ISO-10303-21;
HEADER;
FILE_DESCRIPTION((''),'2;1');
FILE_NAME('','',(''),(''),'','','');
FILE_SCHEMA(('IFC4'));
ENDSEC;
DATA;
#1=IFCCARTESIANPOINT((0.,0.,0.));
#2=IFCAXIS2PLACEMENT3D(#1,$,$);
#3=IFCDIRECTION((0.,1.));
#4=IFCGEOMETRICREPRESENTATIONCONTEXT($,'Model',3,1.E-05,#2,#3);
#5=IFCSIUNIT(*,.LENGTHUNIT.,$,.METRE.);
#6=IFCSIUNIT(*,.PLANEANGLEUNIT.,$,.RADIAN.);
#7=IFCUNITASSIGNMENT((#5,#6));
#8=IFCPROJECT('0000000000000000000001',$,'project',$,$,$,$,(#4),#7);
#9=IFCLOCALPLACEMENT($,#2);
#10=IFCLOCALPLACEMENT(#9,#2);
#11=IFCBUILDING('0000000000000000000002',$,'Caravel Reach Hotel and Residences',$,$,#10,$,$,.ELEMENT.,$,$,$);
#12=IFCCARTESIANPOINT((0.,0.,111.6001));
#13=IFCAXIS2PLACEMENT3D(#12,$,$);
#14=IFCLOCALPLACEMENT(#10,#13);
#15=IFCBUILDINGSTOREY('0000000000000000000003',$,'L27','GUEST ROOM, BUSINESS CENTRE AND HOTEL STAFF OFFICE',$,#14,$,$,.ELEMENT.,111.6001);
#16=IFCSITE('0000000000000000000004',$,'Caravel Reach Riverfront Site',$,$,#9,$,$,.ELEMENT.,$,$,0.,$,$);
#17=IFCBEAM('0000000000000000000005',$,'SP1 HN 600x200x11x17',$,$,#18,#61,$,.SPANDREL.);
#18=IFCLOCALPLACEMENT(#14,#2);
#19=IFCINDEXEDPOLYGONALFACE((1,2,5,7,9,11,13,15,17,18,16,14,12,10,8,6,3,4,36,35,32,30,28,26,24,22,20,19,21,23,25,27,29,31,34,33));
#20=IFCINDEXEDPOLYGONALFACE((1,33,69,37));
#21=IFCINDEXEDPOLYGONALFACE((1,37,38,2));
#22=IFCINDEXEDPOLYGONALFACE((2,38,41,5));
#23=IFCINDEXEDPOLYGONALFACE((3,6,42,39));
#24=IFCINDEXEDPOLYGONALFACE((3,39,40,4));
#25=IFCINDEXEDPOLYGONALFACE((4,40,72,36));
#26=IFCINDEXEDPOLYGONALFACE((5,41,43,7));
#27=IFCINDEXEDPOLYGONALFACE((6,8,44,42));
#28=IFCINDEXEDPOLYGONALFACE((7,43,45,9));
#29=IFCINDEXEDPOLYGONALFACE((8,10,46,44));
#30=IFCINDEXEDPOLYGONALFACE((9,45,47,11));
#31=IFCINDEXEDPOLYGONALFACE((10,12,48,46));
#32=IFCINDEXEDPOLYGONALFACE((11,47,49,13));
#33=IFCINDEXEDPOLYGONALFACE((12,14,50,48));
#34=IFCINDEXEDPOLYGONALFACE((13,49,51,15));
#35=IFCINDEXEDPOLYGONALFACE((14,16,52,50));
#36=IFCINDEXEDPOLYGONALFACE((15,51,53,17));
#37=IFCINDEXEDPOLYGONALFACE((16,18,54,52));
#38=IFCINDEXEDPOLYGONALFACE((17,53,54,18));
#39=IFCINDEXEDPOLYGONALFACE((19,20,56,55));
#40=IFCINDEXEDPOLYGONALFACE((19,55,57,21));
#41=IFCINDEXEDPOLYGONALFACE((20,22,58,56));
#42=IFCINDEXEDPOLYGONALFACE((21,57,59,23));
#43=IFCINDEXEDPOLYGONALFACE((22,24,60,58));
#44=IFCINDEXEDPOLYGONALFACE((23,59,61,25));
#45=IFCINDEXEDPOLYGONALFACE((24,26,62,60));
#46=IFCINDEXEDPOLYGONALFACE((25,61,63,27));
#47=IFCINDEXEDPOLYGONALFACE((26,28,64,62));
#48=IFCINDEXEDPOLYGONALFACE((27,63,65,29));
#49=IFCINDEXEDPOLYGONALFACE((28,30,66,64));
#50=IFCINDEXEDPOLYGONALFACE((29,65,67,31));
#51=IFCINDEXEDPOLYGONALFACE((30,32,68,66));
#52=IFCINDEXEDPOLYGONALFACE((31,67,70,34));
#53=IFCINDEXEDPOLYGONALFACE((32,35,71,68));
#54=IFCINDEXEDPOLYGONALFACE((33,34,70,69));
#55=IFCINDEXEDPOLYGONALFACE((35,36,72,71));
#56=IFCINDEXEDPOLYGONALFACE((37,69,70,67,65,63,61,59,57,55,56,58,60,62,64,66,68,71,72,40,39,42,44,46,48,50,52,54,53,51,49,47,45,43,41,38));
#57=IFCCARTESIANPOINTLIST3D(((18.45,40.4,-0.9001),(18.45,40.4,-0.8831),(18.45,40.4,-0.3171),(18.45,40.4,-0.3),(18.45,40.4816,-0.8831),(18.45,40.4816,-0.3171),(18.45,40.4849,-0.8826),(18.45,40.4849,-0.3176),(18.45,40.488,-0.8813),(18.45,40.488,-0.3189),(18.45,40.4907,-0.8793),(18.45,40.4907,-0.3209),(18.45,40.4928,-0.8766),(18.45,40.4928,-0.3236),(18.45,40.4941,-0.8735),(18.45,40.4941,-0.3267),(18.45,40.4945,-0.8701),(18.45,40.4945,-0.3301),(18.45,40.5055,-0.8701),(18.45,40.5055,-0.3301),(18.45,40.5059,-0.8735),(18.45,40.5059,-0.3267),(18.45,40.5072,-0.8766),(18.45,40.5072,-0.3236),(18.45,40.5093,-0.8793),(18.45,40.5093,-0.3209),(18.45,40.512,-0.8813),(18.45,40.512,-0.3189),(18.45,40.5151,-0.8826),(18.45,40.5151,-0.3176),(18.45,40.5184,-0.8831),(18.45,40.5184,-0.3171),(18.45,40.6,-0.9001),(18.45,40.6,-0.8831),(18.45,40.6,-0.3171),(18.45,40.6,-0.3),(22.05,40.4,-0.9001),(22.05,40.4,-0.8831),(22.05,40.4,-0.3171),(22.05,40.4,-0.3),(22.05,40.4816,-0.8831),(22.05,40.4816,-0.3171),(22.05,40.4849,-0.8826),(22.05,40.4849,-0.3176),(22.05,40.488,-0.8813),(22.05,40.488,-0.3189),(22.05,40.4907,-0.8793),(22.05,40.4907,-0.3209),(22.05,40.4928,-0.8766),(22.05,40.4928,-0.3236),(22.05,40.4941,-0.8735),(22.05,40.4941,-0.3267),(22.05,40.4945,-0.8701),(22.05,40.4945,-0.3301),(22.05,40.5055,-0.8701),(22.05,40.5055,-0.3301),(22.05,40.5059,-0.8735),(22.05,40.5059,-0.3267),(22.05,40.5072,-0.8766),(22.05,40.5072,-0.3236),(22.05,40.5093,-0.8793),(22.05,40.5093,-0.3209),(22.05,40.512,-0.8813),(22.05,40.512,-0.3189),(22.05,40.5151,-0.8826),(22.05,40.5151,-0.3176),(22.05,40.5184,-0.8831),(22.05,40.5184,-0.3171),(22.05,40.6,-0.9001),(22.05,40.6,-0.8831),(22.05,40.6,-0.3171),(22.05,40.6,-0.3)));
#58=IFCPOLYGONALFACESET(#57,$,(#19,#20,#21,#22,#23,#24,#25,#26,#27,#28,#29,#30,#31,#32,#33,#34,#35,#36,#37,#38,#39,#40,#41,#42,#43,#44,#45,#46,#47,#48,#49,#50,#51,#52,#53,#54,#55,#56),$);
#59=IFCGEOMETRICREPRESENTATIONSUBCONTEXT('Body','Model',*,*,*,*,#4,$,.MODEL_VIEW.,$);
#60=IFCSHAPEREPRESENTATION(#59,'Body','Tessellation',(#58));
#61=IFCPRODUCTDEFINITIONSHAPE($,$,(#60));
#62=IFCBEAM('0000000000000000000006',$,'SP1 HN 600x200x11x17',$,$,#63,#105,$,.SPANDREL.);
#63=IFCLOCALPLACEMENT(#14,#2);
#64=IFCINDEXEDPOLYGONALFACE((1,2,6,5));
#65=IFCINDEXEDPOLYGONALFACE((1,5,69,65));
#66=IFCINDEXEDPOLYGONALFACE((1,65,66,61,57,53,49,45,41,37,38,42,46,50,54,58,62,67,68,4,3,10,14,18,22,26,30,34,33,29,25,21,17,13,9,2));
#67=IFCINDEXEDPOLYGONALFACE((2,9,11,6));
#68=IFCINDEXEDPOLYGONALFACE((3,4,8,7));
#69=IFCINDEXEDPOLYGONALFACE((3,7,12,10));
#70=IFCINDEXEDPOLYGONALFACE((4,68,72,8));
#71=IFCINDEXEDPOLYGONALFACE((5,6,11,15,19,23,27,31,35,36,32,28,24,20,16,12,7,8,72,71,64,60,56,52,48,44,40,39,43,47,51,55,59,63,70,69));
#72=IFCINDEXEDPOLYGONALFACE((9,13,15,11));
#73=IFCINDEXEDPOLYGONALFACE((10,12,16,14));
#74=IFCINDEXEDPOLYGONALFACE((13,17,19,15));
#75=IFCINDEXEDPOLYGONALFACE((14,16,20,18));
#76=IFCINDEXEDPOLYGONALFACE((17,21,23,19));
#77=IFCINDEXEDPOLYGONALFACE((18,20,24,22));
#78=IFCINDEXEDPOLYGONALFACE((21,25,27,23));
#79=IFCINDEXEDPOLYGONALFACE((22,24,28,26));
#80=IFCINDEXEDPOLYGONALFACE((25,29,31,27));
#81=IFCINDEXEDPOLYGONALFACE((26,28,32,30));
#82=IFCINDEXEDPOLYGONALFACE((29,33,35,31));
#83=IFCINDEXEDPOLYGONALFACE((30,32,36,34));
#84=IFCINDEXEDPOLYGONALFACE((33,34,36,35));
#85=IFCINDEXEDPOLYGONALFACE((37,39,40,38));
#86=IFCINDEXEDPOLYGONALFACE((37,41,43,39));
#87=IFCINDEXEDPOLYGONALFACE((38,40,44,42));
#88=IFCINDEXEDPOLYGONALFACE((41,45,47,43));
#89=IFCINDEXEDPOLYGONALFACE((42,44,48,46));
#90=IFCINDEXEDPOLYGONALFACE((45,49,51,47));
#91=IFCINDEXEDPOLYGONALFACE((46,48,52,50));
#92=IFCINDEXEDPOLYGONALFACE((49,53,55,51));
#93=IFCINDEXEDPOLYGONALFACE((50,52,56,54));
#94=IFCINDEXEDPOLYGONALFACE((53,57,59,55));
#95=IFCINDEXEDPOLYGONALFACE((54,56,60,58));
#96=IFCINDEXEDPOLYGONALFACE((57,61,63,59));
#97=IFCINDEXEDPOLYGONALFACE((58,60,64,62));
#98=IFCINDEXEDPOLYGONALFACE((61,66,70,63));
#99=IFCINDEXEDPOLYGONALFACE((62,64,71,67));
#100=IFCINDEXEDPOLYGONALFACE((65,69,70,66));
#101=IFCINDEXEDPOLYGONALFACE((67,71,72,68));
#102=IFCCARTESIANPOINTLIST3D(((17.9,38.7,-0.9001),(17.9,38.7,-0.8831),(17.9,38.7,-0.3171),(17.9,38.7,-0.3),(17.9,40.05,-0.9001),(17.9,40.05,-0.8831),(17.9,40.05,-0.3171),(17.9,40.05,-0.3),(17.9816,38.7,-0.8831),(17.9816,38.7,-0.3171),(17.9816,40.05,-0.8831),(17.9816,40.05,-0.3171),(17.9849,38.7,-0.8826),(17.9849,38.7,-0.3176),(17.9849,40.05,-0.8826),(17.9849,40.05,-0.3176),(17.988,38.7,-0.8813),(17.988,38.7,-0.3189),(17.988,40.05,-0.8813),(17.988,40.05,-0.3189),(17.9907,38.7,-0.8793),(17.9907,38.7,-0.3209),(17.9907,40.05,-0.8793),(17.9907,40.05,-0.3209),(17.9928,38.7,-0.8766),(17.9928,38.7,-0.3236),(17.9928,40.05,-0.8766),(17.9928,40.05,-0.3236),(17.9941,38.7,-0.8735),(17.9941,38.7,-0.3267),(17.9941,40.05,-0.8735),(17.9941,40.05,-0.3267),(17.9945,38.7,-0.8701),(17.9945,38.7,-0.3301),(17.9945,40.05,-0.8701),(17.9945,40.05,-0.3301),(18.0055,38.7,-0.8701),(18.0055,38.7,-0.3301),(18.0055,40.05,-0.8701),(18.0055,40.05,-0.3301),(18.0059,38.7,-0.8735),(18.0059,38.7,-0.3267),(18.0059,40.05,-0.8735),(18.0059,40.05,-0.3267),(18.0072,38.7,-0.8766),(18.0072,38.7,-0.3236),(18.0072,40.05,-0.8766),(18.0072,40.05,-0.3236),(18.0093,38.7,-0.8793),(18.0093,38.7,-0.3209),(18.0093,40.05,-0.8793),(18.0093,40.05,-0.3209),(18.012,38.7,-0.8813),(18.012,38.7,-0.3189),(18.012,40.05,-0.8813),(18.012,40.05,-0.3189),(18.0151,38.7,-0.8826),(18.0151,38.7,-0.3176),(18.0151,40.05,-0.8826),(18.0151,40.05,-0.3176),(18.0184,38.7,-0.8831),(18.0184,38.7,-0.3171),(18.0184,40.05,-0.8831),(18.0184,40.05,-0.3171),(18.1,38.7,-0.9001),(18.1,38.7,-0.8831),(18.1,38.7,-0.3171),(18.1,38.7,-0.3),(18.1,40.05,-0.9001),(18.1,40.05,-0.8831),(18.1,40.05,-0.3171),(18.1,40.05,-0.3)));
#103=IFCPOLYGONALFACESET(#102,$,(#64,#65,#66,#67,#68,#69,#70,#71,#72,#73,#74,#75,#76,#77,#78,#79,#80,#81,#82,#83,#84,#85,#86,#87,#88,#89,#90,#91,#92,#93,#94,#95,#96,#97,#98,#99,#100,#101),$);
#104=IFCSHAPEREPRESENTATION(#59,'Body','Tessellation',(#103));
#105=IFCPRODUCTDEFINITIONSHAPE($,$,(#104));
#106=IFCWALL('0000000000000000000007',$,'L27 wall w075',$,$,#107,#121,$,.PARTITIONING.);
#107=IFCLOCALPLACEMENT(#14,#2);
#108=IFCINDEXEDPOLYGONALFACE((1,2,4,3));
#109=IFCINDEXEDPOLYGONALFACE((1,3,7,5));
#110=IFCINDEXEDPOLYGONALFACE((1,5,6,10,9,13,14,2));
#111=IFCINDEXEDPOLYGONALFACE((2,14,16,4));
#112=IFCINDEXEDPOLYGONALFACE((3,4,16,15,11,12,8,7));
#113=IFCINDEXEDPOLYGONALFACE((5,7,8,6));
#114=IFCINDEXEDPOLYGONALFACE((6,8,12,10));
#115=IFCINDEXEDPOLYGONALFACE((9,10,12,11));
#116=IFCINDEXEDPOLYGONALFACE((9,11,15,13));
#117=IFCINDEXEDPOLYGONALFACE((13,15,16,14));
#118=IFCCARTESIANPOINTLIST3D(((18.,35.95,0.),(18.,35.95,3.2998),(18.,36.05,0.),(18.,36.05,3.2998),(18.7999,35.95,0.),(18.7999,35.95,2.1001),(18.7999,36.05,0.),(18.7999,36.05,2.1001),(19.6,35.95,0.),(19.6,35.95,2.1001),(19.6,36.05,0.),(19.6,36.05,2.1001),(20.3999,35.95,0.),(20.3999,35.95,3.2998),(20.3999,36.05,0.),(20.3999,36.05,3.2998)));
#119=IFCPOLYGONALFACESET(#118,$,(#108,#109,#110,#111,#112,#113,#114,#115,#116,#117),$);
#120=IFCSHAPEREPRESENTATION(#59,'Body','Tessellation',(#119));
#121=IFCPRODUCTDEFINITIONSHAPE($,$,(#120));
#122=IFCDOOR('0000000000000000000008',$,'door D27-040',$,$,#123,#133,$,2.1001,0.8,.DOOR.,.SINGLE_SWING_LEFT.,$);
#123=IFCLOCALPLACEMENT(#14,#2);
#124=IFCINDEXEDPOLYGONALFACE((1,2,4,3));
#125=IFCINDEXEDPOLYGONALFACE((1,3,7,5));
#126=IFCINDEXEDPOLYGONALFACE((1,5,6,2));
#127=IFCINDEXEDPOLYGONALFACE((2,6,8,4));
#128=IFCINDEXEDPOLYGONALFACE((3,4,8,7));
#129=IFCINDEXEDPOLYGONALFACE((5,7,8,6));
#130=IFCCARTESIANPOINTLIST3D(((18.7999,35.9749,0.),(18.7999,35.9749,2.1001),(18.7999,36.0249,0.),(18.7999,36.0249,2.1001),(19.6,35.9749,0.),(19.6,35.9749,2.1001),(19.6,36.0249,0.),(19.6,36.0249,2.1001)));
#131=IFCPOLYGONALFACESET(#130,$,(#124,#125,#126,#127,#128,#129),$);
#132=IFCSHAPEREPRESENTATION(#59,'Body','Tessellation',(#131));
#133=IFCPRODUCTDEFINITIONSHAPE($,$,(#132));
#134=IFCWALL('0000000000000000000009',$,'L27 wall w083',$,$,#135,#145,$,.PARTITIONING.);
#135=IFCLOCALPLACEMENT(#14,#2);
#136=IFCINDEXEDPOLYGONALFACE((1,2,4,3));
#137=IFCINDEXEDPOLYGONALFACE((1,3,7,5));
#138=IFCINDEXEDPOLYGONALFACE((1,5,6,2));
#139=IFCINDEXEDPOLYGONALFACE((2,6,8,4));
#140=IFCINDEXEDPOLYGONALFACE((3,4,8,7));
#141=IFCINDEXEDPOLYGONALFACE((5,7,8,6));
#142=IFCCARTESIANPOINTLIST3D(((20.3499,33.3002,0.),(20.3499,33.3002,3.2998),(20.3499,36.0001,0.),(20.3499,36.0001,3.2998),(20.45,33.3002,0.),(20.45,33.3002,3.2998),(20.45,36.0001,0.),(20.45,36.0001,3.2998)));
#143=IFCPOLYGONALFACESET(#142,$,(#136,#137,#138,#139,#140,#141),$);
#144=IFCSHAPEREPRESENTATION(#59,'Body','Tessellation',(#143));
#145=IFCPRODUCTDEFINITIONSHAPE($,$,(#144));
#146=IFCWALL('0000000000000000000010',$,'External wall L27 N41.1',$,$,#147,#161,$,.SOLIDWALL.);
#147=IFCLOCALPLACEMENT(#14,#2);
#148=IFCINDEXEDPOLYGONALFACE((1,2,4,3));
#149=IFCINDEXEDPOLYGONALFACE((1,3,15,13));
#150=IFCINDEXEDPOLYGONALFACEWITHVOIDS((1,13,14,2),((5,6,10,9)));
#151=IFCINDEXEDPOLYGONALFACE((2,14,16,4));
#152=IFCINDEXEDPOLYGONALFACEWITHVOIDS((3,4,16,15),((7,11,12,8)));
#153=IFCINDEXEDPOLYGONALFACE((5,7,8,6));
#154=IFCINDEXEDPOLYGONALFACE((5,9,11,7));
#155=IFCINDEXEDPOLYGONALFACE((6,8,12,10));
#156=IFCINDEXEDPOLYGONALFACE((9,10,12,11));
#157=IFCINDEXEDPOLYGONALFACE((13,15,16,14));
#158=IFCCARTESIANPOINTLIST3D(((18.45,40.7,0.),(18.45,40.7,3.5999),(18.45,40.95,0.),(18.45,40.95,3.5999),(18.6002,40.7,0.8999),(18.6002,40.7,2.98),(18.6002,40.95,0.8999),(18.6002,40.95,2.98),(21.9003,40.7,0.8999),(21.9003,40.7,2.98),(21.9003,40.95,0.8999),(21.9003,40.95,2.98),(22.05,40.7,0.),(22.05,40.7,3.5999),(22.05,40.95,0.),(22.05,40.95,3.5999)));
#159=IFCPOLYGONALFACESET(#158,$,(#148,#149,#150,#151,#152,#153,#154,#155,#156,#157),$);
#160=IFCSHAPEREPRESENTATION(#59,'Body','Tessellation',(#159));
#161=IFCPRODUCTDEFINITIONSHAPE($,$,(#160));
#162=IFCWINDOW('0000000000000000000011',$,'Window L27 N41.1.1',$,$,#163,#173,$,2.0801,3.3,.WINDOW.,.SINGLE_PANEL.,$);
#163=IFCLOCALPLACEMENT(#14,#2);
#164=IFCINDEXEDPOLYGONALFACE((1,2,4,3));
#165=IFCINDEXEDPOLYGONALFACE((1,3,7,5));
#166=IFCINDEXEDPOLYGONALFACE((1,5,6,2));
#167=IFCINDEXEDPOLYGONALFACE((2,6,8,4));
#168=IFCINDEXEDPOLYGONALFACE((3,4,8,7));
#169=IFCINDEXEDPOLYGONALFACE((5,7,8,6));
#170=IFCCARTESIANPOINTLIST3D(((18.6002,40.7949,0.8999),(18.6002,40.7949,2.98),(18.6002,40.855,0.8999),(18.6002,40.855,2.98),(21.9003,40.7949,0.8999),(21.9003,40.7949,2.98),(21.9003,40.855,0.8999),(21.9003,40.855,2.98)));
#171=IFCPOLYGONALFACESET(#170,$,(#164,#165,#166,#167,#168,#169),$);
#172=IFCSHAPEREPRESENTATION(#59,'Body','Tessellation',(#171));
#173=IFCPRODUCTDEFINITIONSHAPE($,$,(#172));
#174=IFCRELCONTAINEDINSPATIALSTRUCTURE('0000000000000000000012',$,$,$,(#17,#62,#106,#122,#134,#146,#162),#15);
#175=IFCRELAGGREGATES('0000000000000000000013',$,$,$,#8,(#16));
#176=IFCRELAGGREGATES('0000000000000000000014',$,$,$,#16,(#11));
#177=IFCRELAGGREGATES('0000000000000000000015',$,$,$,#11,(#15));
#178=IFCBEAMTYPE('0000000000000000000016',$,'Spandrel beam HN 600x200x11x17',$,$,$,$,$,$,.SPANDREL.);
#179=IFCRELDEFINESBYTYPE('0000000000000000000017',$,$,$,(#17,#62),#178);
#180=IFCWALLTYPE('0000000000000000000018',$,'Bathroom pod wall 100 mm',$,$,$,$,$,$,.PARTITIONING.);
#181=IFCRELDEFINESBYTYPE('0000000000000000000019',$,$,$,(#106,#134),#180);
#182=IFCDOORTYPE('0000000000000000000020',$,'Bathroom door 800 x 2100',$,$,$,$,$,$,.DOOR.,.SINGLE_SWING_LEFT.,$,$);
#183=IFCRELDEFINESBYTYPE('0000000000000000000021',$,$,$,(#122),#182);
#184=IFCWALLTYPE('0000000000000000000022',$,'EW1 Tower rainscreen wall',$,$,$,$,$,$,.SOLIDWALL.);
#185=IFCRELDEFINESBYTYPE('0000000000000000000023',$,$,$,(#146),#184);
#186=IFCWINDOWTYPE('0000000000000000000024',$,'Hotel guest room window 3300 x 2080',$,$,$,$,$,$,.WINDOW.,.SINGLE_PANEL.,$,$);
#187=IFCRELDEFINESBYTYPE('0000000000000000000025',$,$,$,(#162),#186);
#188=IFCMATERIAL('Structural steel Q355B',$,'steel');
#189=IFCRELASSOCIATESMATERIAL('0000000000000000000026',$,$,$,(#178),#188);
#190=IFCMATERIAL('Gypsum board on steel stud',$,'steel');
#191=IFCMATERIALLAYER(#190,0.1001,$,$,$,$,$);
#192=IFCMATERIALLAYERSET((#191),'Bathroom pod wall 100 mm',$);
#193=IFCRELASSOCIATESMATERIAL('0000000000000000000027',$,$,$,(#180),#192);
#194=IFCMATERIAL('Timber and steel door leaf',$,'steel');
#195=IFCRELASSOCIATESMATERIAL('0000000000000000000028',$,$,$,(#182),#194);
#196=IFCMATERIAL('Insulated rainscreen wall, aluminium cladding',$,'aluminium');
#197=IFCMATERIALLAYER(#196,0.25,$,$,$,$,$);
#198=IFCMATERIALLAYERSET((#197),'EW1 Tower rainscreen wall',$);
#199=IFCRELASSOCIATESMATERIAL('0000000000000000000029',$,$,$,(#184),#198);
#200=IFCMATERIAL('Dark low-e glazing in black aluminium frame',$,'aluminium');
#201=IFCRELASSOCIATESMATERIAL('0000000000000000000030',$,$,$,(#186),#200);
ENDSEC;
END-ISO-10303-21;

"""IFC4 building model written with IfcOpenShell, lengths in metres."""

from ifc_helpers import new_model, si_unit, direction, frame, frame_2d, origin, origin_2d, place, context, subcontext, project, spatial, rectangle, i_section, extrude, material, layer, layer_set, material_profile, profile_set, type_object, element, fill, save


model = new_model("IFC4")

# Units and contexts
model_context = context("Model", 3, precision=1e-05, world=origin(), true_north=direction((0.0, 1.0)))
body_context = subcontext(model_context, "Body", "Model", "MODEL_VIEW")
ifc_project = project(units=[si_unit("LENGTHUNIT", "METRE"), si_unit("PLANEANGLEUNIT", "RADIAN")], contexts=[model_context])

# Site, building, storey
site_placement = place(None, origin())
site = spatial("IfcSite", under=ifc_project, at=site_placement, Name="Caravel Reach Riverfront Site", CompositionType="ELEMENT", RefElevation=0.0)
building_placement = place(site_placement, origin())
building = spatial("IfcBuilding", under=site, at=building_placement, Name="Caravel Reach Hotel and Residences", CompositionType="ELEMENT")
storey_placement = place(building_placement, frame((0.0, 0.0, 111.6001)))
storey = spatial("IfcBuildingStorey", under=building, at=storey_placement, Name="L27", Description="GUEST ROOM, BUSINESS CENTRE AND HOTEL STAFF OFFICE", CompositionType="ELEMENT", Elevation=111.6001)

# Beams
ifc_material_1 = material(Name="Structural steel Q355B", Category="steel")
ifc_material_profile_1 = material_profile(ifc_material_1, i_section(OverallWidth=0.2, OverallDepth=0.6001, WebThickness=0.011, FlangeThickness=0.0171, FilletRadius=0.0129, at=origin_2d()), Name="HN 600x200x11x17")
ifc_profile_set_1 = profile_set([ifc_material_profile_1], Name="Structural steel Q355B")
beam_type_1 = type_object("IfcBeamType", Name="Spandrel beam HN 600x200x11x17", PredefinedType="SPANDREL", material=ifc_profile_set_1)
beam_1_placement = place(storey_placement, frame((22.05, 40.5, -0.6001), z_axis=(-1.0, 0.0, 0.0), x_axis=(0.0, -1.0, 0.0)))
element("IfcBeam", 1, at=beam_1_placement, inside=storey, type_object=beam_type_1, Name="SP1 HN 600x200x11x17", PredefinedType="SPANDREL", context=body_context, shape_type="SweptSolid", body=[
    extrude(i_section(OverallWidth=0.2, OverallDepth=0.6001, WebThickness=0.011, FlangeThickness=0.0171, FilletRadius=0.0129, at=origin_2d()), origin(), (0.0, 0.0, 1.0), 3.6001),
])
beam_2_placement = place(storey_placement, frame((18.0, 40.05, -0.6001), z_axis=(0.0, -1.0, 0.0), x_axis=(1.0, 0.0, 0.0)))
element("IfcBeam", 2, at=beam_2_placement, inside=storey, type_object=beam_type_1, Name="SP1 HN 600x200x11x17", PredefinedType="SPANDREL", context=body_context, shape_type="SweptSolid", body=[
    extrude(i_section(OverallWidth=0.2, OverallDepth=0.6001, WebThickness=0.011, FlangeThickness=0.0171, FilletRadius=0.0129, at=origin_2d()), origin(), (0.0, 0.0, 1.0), 1.3501),
])

# Wall, opening, door
ifc_material_2 = material(Name="Gypsum board on steel stud", Category="steel")
ifc_layer_1 = layer(ifc_material_2, 0.1001)
ifc_layer_set_1 = layer_set([ifc_layer_1], Name="Bathroom pod wall 100 mm")
wall_type_1 = type_object("IfcWallType", Name="Bathroom pod wall 100 mm", PredefinedType="PARTITIONING", material=ifc_layer_set_1)
wall_1_placement = place(storey_placement, frame((18.0, 36.0, 0.0), z_axis=(0.0, 0.0, 1.0), x_axis=(1.0, 0.0, 0.0)))
wall_1 = element("IfcWall", 3, at=wall_1_placement, inside=storey, type_object=wall_type_1, Name="L27 wall w075", PredefinedType="PARTITIONING", context=body_context, shape_type="SweptSolid", body=[
    extrude(rectangle(XDim=2.3999, YDim=0.1001, at=frame_2d((1.2, 0.0))), origin(), (0.0, 0.0, 1.0), 3.2998),
])
opening_1_placement = place(wall_1_placement, frame((0.8, 0.0, 0.0)))
opening_1 = element("IfcOpeningElement", 4, at=opening_1_placement, cuts=wall_1, PredefinedType="OPENING", context=body_context, shape_type="SweptSolid", body=[
    extrude(rectangle(XDim=0.8, YDim=2.1001, at=frame_2d((0.3999, 1.05))), frame((0.0, 0.0601, 0.0), z_axis=(0.0, -1.0, 0.0), x_axis=(1.0, 0.0, 0.0)), (0.0, 0.0, 1.0), 0.1201),
])
ifc_material_3 = material(Name="Timber and steel door leaf", Category="steel")
door_type = type_object("IfcDoorType", Name="Bathroom door 800 x 2100", OperationType="SINGLE_SWING_LEFT", PredefinedType="DOOR", material=ifc_material_3)
door_placement = place(opening_1_placement, origin())
door = element("IfcDoor", 5, at=door_placement, inside=storey, type_object=door_type, Name="door D27-040", OperationType="SINGLE_SWING_LEFT", OverallHeight=2.1001, OverallWidth=0.8, PredefinedType="DOOR", context=body_context, shape_type="SweptSolid", body=[
    extrude(rectangle(XDim=0.8, YDim=2.1001, at=frame_2d((0.3999, 1.05))), frame((0.0, 0.0249, 0.0), z_axis=(0.0, -1.0, 0.0), x_axis=(1.0, 0.0, 0.0)), (0.0, 0.0, 1.0), 0.05),
])
fill(opening_1, door)

# Wall
wall_2_placement = place(storey_placement, frame((20.3999, 33.3, 0.0), z_axis=(0.0, 0.0, 1.0), x_axis=(0.0, 1.0, 0.0)))
element("IfcWall", 6, at=wall_2_placement, inside=storey, type_object=wall_type_1, Name="L27 wall w083", PredefinedType="PARTITIONING", context=body_context, shape_type="SweptSolid", body=[
    extrude(rectangle(XDim=2.7, YDim=0.1001, at=frame_2d((1.3501, 0.0))), origin(), (0.0, 0.0, 1.0), 3.2998),
])

# Wall, opening, window
ifc_material_4 = material(Name="Insulated rainscreen wall, aluminium cladding", Category="aluminium")
ifc_layer_2 = layer(ifc_material_4, 0.25)
ifc_layer_set_2 = layer_set([ifc_layer_2], Name="EW1 Tower rainscreen wall")
wall_type_2 = type_object("IfcWallType", Name="EW1 Tower rainscreen wall", PredefinedType="SOLIDWALL", material=ifc_layer_set_2)
wall_3_placement = place(storey_placement, frame((22.05, 40.825, 0.0), z_axis=(0.0, 0.0, 1.0), x_axis=(-1.0, 0.0, 0.0)))
wall_3 = element("IfcWall", 7, at=wall_3_placement, inside=storey, type_object=wall_type_2, Name="External wall L27 N41.1", PredefinedType="SOLIDWALL", context=body_context, shape_type="SweptSolid", body=[
    extrude(rectangle(XDim=3.6001, YDim=0.25, at=frame_2d((1.8, 0.0))), origin(), (0.0, 0.0, 1.0), 3.5999),
])
opening_2_placement = place(wall_3_placement, frame((0.1499, 0.0, 0.8999)))
opening_2 = element("IfcOpeningElement", 8, at=opening_2_placement, cuts=wall_3, PredefinedType="OPENING", context=body_context, shape_type="SweptSolid", body=[
    extrude(rectangle(XDim=3.3, YDim=2.0801, at=frame_2d((1.6499, 1.04))), frame((0.0, 0.135, 0.0), z_axis=(0.0, -1.0, 0.0), x_axis=(1.0, 0.0, 0.0)), (0.0, 0.0, 1.0), 0.27),
])
ifc_material_5 = material(Name="Dark low-e glazing in black aluminium frame", Category="aluminium")
window_type = type_object("IfcWindowType", Name="Hotel guest room window 3300 x 2080", PartitioningType="SINGLE_PANEL", PredefinedType="WINDOW", material=ifc_material_5)
window_placement = place(opening_2_placement, origin())
window = element("IfcWindow", 9, at=window_placement, inside=storey, type_object=window_type, Name="Window L27 N41.1.1", OverallHeight=2.0801, OverallWidth=3.3, PartitioningType="SINGLE_PANEL", PredefinedType="WINDOW", context=body_context, shape_type="SweptSolid", body=[
    extrude(rectangle(XDim=3.3, YDim=2.0801, at=frame_2d((1.6499, 1.04))), frame((0.0, 0.03, 0.0), z_axis=(0.0, -1.0, 0.0), x_axis=(1.0, 0.0, 0.0)), (0.0, 0.0, 1.0), 0.0601),
])
fill(opening_2, window)

save(model, "model.ifc")
